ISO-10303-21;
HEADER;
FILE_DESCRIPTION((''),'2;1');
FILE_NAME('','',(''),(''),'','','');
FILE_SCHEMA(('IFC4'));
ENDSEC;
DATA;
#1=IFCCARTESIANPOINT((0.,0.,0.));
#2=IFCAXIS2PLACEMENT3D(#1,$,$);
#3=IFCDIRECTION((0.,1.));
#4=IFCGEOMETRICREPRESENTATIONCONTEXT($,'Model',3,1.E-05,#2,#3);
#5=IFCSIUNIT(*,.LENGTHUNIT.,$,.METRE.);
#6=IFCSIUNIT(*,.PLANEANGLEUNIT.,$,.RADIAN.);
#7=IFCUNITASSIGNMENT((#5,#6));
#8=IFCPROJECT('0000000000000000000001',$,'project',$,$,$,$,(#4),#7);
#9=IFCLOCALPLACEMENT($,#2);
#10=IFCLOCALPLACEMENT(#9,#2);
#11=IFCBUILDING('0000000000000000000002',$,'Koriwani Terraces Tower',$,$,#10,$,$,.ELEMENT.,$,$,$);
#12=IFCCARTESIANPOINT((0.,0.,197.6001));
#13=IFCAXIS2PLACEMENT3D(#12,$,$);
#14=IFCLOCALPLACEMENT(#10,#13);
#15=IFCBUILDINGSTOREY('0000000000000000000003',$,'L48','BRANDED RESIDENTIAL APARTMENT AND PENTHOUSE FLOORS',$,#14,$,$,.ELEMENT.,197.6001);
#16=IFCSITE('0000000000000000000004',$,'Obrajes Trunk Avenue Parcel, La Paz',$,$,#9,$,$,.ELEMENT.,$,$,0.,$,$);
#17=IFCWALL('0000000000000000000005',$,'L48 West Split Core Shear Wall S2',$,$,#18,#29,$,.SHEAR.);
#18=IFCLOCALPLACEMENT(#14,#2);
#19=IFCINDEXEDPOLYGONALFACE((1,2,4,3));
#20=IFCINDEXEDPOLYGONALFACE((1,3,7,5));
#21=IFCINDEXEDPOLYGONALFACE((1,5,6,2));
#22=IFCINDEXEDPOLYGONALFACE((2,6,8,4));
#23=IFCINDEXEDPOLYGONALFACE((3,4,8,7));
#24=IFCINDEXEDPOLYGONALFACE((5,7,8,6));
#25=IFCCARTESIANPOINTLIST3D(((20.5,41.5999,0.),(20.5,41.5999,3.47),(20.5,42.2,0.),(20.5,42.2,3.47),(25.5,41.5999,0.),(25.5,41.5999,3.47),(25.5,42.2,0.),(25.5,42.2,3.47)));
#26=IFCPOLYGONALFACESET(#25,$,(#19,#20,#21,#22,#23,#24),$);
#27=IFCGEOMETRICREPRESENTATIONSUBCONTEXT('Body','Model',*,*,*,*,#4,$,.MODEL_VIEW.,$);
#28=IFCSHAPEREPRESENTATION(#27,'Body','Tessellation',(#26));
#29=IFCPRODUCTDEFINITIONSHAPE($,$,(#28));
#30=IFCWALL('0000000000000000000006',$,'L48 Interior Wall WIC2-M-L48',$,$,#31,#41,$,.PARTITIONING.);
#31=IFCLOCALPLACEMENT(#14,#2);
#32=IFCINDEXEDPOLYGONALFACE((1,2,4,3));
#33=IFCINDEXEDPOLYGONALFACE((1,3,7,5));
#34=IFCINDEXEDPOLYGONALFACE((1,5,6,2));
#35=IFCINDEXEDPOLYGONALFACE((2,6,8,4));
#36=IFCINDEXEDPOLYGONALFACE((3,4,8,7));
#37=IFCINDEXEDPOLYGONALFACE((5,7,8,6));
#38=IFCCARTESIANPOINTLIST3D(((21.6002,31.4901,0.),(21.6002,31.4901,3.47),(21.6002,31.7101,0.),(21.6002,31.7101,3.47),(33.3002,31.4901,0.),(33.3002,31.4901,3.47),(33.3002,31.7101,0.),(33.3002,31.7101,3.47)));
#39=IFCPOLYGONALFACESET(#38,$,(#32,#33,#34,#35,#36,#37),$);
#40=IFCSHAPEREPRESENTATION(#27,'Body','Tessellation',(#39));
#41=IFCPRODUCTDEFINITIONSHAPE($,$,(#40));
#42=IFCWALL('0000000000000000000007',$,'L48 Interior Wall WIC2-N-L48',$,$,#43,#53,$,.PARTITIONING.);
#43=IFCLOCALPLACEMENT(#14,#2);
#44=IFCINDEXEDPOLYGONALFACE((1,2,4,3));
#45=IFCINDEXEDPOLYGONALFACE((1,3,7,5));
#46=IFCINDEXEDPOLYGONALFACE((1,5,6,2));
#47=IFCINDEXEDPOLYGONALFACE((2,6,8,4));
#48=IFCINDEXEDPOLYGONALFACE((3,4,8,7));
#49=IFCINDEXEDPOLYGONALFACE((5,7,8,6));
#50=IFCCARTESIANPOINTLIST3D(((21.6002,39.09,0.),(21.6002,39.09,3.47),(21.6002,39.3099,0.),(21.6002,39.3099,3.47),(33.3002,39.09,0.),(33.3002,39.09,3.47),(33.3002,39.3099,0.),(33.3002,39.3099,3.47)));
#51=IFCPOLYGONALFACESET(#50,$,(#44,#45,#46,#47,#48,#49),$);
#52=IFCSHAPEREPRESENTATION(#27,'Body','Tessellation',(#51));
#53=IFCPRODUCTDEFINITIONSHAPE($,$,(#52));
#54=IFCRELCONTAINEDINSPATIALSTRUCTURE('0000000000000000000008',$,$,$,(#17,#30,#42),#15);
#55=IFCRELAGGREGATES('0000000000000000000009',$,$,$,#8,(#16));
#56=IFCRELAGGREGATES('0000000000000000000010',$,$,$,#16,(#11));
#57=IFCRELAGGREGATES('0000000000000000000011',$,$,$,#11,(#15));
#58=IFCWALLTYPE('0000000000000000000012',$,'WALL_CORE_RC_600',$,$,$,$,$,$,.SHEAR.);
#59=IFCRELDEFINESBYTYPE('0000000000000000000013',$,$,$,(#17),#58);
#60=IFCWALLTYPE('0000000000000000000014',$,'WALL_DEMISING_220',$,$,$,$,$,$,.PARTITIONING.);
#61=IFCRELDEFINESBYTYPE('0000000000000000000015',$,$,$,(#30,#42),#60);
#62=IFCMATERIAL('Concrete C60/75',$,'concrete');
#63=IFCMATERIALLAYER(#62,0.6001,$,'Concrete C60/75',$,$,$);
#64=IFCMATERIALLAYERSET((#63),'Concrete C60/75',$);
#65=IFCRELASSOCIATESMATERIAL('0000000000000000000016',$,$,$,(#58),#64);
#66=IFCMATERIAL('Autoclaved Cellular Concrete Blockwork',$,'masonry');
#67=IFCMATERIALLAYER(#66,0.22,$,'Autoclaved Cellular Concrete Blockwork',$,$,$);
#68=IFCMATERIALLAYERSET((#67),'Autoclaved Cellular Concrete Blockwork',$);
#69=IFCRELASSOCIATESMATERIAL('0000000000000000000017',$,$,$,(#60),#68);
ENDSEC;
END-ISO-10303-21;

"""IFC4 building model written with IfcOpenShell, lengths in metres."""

from ifc_helpers import new_model, si_unit, direction, frame, frame_2d, origin, place, context, subcontext, project, spatial, rectangle, extrude, material, layer, layer_set, type_object, element, save


model = new_model("IFC4")

# Units and contexts
model_context = context("Model", 3, precision=1e-05, world=origin(), true_north=direction((0.0, 1.0)))
body_context = subcontext(model_context, "Body", "Model", "MODEL_VIEW")
ifc_project = project(units=[si_unit("LENGTHUNIT", "METRE"), si_unit("PLANEANGLEUNIT", "RADIAN")], contexts=[model_context])

# Site, building, storey
site_placement = place(None, origin())
site = spatial("IfcSite", under=ifc_project, at=site_placement, Name="Obrajes Trunk Avenue Parcel, La Paz", CompositionType="ELEMENT", RefElevation=0.0)
building_placement = place(site_placement, origin())
building = spatial("IfcBuilding", under=site, at=building_placement, Name="Koriwani Terraces Tower", CompositionType="ELEMENT")
storey_placement = place(building_placement, frame((0.0, 0.0, 197.6001)))
storey = spatial("IfcBuildingStorey", under=building, at=storey_placement, Name="L48", Description="BRANDED RESIDENTIAL APARTMENT AND PENTHOUSE FLOORS", CompositionType="ELEMENT", Elevation=197.6001)

# Shared definitions
ifc_material_1 = material(Name="Concrete C60/75", Category="concrete")

# Walls
ifc_layer_1 = layer(ifc_material_1, 0.6001, Name="Concrete C60/75")
ifc_layer_set_1 = layer_set([ifc_layer_1], Name="Concrete C60/75")
wall_type_1 = type_object("IfcWallType", Name="WALL_CORE_RC_600", PredefinedType="SHEAR", material=ifc_layer_set_1)
wall_1_placement = place(storey_placement, frame((20.5, 41.8999, 0.0), z_axis=(0.0, 0.0, 1.0), x_axis=(1.0, 0.0, 0.0)))
element("IfcWall", 1, at=wall_1_placement, inside=storey, type_object=wall_type_1, Name="L48 West Split Core Shear Wall S2", PredefinedType="SHEAR", context=body_context, shape_type="SweptSolid", body=[
    extrude(rectangle(XDim=5.0, YDim=0.6001, at=frame_2d((2.5, 0.0))), origin(), (0.0, 0.0, 1.0), 3.47),
])
ifc_material_2 = material(Name="Autoclaved Cellular Concrete Blockwork", Category="masonry")
ifc_layer_2 = layer(ifc_material_2, 0.22, Name="Autoclaved Cellular Concrete Blockwork")
ifc_layer_set_2 = layer_set([ifc_layer_2], Name="Autoclaved Cellular Concrete Blockwork")
wall_type_2 = type_object("IfcWallType", Name="WALL_DEMISING_220", PredefinedType="PARTITIONING", material=ifc_layer_set_2)
for number, where, z_axis, x_axis, name in (
    (2, (21.6001, 31.6001, 0.0), (0.0, 0.0, 1.0), (1.0, 0.0, 0.0), "L48 Interior Wall WIC2-M-L48"),
    (3, (21.6001, 39.2, 0.0), (0.0, 0.0, 1.0), (1.0, 0.0, 0.0), "L48 Interior Wall WIC2-N-L48"),
):
    element("IfcWall", number, at=place(storey_placement, frame(where, z_axis=z_axis, x_axis=x_axis)), inside=storey, type_object=wall_type_2, Name=name, PredefinedType="PARTITIONING", context=body_context, shape_type="SweptSolid", body=[
        extrude(rectangle(XDim=11.7, YDim=0.22, at=frame_2d((5.8501, 0.0))), origin(), (0.0, 0.0, 1.0), 3.47),
    ])

save(model, "model.ifc")
